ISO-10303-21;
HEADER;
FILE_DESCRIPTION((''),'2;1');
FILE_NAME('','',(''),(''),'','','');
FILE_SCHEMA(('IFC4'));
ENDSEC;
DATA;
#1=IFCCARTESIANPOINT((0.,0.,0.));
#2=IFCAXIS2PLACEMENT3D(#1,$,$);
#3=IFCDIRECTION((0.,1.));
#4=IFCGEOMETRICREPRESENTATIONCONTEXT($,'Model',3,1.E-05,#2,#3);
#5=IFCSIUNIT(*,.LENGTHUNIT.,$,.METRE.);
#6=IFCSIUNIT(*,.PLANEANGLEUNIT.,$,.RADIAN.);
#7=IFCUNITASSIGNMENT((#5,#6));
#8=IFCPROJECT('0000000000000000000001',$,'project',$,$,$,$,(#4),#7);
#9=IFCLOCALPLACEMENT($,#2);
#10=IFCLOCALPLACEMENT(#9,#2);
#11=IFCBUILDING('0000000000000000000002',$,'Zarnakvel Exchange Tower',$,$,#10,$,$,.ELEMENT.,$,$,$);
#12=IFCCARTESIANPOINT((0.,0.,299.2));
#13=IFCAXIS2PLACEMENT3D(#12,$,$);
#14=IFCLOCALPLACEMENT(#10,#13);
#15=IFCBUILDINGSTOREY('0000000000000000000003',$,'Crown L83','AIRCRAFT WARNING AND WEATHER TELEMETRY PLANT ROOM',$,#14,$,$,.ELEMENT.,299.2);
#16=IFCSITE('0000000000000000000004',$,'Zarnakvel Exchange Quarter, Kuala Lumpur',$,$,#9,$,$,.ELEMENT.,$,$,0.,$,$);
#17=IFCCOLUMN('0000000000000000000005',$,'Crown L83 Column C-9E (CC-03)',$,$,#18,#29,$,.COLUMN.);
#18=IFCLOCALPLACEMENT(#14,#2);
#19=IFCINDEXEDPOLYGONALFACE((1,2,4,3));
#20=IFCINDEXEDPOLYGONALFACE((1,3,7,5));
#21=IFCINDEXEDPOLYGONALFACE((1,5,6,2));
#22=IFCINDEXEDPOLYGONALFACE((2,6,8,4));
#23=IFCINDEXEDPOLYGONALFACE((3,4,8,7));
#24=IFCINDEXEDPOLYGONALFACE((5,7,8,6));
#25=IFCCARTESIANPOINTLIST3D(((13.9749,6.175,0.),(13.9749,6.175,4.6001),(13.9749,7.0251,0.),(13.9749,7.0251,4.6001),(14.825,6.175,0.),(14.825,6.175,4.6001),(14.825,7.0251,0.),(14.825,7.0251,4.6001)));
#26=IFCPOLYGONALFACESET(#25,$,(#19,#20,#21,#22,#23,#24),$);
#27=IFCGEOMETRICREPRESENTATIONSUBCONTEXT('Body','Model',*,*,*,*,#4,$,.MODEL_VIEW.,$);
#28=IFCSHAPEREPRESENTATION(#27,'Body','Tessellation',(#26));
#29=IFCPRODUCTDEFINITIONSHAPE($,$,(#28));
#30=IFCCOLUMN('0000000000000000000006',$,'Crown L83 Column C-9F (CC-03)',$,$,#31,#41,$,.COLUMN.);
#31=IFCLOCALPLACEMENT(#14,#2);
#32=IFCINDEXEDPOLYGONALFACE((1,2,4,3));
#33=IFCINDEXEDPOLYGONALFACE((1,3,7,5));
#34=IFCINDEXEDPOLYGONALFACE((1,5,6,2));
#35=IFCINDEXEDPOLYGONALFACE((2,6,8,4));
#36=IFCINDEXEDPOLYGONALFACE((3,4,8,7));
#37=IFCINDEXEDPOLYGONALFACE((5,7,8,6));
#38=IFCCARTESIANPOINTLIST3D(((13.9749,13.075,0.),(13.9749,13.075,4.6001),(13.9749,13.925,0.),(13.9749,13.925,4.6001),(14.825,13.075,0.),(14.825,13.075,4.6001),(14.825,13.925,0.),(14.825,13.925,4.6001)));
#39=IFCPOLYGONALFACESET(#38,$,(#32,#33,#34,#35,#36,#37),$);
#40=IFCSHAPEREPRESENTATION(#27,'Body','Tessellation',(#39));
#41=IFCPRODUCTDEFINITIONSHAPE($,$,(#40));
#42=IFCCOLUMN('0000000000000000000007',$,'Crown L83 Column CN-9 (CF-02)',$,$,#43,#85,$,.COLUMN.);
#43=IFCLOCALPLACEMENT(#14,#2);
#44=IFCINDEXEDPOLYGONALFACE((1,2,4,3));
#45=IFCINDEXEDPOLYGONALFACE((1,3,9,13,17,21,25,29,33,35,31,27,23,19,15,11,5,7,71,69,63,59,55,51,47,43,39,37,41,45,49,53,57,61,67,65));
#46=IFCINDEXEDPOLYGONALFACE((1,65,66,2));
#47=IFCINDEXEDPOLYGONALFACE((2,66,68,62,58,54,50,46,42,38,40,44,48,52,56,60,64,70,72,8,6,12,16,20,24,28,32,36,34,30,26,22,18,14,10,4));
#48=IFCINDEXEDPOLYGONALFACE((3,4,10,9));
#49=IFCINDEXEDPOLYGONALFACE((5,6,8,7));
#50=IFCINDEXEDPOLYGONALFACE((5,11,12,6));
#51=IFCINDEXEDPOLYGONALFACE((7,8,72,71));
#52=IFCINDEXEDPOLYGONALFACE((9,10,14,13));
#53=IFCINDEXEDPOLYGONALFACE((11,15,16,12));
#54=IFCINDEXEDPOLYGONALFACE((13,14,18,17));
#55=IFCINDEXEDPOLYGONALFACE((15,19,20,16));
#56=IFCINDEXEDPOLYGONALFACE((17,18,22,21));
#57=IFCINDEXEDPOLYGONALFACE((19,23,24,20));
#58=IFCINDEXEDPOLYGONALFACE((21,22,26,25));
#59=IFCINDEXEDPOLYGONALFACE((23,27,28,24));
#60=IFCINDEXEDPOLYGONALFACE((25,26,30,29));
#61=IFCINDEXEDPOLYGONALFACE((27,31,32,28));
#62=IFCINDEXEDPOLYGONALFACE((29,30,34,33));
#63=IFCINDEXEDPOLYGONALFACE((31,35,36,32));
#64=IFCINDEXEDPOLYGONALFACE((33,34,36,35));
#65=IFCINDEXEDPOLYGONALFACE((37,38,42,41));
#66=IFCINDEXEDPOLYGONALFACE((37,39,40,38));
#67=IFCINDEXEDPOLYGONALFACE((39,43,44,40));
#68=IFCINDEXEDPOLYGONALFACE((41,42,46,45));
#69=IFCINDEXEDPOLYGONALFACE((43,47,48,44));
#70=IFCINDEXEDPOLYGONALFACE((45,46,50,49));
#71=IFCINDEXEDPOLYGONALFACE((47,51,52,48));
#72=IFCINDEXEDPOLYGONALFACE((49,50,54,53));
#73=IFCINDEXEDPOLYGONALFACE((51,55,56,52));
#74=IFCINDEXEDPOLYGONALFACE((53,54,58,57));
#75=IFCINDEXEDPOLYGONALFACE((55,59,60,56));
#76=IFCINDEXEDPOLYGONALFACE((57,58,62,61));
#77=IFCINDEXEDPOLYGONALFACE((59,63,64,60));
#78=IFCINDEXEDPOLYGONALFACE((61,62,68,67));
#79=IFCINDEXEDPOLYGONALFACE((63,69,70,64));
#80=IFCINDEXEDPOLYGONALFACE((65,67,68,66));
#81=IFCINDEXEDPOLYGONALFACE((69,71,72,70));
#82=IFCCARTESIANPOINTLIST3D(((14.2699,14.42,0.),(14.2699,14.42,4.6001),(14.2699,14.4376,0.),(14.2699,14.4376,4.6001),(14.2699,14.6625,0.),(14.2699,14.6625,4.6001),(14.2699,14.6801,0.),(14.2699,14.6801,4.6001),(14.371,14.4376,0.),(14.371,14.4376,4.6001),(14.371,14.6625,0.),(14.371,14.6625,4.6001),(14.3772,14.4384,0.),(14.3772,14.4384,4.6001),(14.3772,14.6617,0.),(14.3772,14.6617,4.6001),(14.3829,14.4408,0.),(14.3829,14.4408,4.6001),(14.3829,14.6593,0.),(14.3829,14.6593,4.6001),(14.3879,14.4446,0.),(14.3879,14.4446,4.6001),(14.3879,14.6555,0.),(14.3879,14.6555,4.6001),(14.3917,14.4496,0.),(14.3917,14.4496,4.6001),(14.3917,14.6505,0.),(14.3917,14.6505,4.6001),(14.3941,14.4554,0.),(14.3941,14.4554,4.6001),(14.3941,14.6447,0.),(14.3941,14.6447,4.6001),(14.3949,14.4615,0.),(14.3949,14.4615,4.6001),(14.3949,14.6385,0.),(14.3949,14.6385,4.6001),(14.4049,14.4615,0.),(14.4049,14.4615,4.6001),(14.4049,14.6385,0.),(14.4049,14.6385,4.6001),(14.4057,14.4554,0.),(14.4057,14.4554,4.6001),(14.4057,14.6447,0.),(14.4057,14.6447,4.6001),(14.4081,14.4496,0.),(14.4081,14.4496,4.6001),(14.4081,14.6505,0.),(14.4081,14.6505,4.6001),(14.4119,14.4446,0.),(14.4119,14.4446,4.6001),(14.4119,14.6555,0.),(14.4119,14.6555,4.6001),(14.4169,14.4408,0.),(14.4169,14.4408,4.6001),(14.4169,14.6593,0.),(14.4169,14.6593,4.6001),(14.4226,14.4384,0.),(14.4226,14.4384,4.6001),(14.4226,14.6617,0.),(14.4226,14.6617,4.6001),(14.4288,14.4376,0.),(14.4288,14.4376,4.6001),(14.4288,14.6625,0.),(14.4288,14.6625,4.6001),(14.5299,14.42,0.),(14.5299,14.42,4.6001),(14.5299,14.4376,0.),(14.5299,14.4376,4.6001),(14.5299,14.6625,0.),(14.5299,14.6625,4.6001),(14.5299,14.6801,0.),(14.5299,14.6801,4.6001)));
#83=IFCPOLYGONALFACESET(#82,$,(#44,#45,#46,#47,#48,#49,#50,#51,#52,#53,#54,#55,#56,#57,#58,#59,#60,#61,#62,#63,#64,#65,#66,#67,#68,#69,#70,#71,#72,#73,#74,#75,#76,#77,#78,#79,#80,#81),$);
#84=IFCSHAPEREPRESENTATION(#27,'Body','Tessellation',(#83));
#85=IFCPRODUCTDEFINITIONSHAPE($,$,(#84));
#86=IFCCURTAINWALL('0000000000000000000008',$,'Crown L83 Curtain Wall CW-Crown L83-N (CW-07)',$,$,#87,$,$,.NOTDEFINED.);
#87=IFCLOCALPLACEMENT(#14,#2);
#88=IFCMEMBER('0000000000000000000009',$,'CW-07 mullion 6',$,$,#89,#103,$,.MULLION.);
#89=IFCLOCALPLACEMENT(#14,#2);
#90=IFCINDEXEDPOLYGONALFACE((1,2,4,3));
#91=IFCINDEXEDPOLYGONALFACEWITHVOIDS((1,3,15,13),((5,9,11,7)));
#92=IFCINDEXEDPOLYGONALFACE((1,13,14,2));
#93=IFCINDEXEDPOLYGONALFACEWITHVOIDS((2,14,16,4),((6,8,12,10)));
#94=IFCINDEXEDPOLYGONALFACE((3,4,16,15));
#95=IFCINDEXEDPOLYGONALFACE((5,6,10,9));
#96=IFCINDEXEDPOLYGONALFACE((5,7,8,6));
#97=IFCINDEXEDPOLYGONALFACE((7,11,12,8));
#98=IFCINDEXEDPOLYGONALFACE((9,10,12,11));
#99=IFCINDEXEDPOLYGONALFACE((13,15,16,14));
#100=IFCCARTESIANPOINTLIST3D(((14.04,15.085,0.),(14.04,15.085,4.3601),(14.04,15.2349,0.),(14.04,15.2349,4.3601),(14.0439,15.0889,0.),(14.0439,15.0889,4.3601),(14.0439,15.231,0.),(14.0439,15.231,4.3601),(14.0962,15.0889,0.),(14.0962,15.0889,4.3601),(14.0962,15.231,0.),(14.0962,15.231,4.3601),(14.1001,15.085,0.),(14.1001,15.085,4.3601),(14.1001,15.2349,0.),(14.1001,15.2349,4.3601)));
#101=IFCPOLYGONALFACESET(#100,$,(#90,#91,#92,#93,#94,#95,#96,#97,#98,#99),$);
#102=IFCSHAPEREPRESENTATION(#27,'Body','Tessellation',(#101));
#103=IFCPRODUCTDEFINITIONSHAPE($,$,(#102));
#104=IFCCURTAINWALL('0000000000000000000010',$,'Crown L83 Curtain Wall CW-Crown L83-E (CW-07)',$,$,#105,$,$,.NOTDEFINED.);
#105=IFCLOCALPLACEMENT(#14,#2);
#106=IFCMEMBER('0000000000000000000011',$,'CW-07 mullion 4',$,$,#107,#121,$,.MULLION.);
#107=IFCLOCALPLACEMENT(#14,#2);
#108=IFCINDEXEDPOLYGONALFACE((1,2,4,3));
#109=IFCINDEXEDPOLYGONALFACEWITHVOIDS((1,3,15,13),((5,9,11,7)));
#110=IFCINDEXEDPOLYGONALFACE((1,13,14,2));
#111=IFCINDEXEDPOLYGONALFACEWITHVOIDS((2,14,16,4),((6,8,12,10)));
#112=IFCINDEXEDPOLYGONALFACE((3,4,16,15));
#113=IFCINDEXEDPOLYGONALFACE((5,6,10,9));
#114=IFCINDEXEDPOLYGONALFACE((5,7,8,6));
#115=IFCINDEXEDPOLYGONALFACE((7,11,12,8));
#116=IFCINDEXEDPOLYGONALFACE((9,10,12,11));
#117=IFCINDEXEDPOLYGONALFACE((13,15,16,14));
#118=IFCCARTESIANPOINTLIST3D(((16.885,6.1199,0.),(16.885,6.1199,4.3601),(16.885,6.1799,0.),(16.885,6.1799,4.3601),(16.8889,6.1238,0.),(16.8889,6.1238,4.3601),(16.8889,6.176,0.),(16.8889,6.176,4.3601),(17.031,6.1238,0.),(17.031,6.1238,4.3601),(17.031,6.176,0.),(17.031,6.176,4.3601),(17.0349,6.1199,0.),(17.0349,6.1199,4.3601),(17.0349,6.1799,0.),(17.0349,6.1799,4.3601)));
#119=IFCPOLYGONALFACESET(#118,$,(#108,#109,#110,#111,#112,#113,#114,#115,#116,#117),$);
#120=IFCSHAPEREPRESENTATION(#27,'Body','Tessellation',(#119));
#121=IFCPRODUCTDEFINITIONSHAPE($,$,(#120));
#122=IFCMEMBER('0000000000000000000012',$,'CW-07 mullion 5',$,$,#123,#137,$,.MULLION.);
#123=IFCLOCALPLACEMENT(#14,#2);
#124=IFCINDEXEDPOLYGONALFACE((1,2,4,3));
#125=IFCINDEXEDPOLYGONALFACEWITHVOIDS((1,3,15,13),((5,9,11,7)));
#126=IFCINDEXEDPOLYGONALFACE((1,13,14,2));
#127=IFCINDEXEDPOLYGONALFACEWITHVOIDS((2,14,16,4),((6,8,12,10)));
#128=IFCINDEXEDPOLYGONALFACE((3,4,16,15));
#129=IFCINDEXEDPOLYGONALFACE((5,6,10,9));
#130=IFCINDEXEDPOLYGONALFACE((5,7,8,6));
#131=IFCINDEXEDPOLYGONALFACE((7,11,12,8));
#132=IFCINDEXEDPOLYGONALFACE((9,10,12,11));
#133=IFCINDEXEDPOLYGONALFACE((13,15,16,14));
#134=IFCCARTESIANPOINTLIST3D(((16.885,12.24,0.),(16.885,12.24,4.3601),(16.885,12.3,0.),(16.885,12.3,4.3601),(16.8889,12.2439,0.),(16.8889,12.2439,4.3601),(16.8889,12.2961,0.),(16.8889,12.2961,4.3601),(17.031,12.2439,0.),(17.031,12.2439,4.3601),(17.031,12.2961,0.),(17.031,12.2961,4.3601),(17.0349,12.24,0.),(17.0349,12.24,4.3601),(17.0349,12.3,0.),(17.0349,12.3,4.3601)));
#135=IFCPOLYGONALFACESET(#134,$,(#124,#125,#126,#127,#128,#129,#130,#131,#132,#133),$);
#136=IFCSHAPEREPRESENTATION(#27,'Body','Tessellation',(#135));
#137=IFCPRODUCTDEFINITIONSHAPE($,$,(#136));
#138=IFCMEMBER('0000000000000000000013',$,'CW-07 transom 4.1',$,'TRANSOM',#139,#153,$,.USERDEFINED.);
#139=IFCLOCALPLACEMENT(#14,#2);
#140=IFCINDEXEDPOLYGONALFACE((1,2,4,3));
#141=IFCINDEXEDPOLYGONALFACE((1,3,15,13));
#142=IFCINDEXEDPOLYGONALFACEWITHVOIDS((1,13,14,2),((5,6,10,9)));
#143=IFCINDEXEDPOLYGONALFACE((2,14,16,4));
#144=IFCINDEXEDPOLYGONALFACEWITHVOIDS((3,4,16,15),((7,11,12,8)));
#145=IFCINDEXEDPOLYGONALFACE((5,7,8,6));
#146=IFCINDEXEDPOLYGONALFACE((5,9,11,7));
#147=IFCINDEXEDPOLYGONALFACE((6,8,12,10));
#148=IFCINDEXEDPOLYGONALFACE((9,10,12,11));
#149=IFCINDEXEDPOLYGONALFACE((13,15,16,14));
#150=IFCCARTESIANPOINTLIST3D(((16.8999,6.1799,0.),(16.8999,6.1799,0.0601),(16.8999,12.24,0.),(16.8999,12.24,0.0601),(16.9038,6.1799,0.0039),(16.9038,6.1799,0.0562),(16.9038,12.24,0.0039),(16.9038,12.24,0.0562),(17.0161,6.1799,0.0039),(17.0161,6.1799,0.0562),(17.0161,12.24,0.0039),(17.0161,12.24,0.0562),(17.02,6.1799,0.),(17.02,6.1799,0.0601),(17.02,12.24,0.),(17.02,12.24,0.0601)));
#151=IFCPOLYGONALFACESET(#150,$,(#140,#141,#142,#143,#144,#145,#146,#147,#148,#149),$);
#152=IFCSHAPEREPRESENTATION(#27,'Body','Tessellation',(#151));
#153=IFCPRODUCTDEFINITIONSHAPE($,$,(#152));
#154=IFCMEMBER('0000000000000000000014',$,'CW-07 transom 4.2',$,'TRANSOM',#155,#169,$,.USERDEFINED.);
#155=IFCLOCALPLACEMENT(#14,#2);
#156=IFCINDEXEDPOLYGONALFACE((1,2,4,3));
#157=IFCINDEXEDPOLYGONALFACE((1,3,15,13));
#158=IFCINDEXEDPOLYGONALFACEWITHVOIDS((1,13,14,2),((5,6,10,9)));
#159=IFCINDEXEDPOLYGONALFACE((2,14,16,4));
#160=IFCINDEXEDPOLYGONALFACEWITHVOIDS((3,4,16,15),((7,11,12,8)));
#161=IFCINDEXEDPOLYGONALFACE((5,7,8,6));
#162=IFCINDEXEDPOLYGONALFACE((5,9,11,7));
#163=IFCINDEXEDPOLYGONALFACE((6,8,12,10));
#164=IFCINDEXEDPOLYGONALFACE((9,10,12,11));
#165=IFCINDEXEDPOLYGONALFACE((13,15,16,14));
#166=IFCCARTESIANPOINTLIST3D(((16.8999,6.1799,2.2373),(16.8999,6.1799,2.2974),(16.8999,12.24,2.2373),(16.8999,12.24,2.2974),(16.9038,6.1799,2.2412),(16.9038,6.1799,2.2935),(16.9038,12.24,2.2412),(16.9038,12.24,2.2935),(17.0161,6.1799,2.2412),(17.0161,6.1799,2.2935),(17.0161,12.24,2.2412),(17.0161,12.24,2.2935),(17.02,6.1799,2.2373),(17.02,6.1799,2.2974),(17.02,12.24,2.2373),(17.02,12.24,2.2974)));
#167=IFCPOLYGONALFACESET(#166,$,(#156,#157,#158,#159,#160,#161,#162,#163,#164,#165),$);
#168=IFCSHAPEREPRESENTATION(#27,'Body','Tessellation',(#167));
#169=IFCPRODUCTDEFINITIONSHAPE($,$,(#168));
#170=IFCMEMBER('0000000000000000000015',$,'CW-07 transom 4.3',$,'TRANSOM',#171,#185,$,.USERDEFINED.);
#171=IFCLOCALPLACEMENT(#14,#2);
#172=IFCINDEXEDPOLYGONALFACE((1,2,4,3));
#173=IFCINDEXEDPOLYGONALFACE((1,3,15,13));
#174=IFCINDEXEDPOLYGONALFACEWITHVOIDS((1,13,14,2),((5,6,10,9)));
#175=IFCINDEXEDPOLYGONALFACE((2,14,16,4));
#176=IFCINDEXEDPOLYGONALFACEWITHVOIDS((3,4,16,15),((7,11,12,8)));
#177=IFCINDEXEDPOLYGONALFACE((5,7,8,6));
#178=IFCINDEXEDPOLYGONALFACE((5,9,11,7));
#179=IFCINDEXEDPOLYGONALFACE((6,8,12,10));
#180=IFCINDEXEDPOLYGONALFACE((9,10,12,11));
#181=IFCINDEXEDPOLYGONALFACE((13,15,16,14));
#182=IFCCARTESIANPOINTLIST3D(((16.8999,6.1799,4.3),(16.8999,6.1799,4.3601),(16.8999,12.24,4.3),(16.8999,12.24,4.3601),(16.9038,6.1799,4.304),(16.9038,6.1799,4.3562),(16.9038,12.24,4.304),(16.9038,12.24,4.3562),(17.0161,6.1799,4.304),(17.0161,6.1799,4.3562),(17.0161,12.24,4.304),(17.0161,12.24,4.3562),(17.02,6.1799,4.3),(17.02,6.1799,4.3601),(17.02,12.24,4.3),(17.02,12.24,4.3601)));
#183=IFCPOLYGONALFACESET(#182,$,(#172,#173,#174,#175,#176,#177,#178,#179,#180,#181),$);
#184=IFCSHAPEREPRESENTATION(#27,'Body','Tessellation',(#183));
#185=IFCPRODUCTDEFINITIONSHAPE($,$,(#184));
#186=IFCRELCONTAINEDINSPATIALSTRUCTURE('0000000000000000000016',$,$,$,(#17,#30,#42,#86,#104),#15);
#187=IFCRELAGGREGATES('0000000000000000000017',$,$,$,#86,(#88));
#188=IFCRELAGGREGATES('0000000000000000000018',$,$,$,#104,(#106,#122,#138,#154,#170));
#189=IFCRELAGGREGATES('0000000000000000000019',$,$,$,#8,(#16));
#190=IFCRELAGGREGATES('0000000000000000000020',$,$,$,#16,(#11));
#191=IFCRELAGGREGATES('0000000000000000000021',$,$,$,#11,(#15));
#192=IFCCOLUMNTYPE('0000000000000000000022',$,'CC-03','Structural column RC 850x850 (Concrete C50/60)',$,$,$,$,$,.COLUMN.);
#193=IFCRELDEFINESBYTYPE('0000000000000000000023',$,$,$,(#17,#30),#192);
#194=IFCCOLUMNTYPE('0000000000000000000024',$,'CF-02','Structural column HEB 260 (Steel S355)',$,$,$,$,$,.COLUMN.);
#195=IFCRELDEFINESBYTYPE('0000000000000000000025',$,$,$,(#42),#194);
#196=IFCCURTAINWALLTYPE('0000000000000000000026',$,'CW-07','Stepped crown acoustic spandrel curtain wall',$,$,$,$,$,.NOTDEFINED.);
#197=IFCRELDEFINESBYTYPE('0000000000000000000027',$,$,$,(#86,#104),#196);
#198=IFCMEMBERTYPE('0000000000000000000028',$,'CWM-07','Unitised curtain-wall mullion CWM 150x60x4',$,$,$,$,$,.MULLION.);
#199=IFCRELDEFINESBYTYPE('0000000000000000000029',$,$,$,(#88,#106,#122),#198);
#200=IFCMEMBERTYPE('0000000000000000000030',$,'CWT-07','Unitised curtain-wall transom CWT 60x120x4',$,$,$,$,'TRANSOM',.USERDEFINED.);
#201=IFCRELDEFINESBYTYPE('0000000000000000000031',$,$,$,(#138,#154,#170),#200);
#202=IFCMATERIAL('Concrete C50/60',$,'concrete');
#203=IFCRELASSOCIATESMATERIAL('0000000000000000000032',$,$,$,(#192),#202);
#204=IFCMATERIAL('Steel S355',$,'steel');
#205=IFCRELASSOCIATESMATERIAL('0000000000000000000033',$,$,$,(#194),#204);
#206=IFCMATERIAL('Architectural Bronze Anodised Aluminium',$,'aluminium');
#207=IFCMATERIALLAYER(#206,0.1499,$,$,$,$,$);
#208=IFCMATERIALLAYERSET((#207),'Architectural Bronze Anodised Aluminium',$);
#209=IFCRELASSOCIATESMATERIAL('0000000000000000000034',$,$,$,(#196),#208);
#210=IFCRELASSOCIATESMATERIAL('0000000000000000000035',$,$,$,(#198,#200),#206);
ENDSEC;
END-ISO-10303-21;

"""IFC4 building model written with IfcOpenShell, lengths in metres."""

from ifc_helpers import new_model, si_unit, direction, frame, origin, origin_2d, place, context, subcontext, project, spatial, rectangle, hollow_rectangle, i_section, extrude, source, transform, mapped, material, layer, layer_set, material_profile, profile_set, type_object, element, aggregate, save


model = new_model("IFC4")

# Units and contexts
model_context = context("Model", 3, precision=1e-05, world=origin(), true_north=direction((0.0, 1.0)))
body_context = subcontext(model_context, "Body", "Model", "MODEL_VIEW")
ifc_project = project(units=[si_unit("LENGTHUNIT", "METRE"), si_unit("PLANEANGLEUNIT", "RADIAN")], contexts=[model_context])

# Site, building, storey
site_placement = place(None, origin())
site = spatial("IfcSite", under=ifc_project, at=site_placement, Name="Zarnakvel Exchange Quarter, Kuala Lumpur", CompositionType="ELEMENT", RefElevation=0.0)
building_placement = place(site_placement, origin())
building = spatial("IfcBuilding", under=site, at=building_placement, Name="Zarnakvel Exchange Tower", CompositionType="ELEMENT")
storey_placement = place(building_placement, frame((0.0, 0.0, 299.2)))
storey = spatial("IfcBuildingStorey", under=building, at=storey_placement, Name="Crown L83", Description="AIRCRAFT WARNING AND WEATHER TELEMETRY PLANT ROOM", CompositionType="ELEMENT", Elevation=299.2)

# Columns
ifc_material_1 = material(Name="Concrete C50/60", Category="concrete")
ifc_material_profile_1 = material_profile(ifc_material_1, rectangle(XDim=0.8501, YDim=0.8501, at=origin_2d()))
ifc_profile_set_1 = profile_set([ifc_material_profile_1], Name="Concrete C50/60")
column_type_1 = type_object("IfcColumnType", Name="CC-03", Description="Structural column RC 850x850 (Concrete C50/60)", PredefinedType="COLUMN", material=ifc_profile_set_1)
for number, where, z_axis, x_axis, name in (
    (1, (14.3999, 6.6001, 0.0), (0.0, 0.0, 1.0), (1.0, 0.0, 0.0), "Crown L83 Column C-9E (CC-03)"),
    (2, (14.3999, 13.5, 0.0), (0.0, 0.0, 1.0), (1.0, 0.0, 0.0), "Crown L83 Column C-9F (CC-03)"),
):
    element("IfcColumn", number, at=place(storey_placement, frame(where, z_axis=z_axis, x_axis=x_axis)), inside=storey, type_object=column_type_1, Name=name, PredefinedType="COLUMN", context=body_context, shape_type="SweptSolid", body=[
        extrude(rectangle(XDim=0.8501, YDim=0.8501, at=origin_2d()), origin(), (0.0, 0.0, 1.0), 4.6001),
    ])
ifc_material_2 = material(Name="Steel S355", Category="steel")
ifc_material_profile_2 = material_profile(ifc_material_2, i_section(OverallWidth=0.26, OverallDepth=0.26, WebThickness=0.01, FlangeThickness=0.0176, FilletRadius=0.0239, at=origin_2d()))
ifc_profile_set_2 = profile_set([ifc_material_profile_2], Name="Steel S355")
column_type_2 = type_object("IfcColumnType", Name="CF-02", Description="Structural column HEB 260 (Steel S355)", PredefinedType="COLUMN", material=ifc_profile_set_2)
column_placement = place(storey_placement, frame((14.3999, 14.55, 0.0), z_axis=(0.0, 0.0, 1.0), x_axis=(1.0, 0.0, 0.0)))
element("IfcColumn", 3, at=column_placement, inside=storey, type_object=column_type_2, Name="Crown L83 Column CN-9 (CF-02)", PredefinedType="COLUMN", context=body_context, shape_type="SweptSolid", body=[
    extrude(i_section(OverallWidth=0.26, OverallDepth=0.26, WebThickness=0.01, FlangeThickness=0.0176, FilletRadius=0.0239, at=origin_2d()), origin(), (0.0, 0.0, 1.0), 4.6001),
])

# Curtain wall, member
ifc_material_3 = material(Name="Architectural Bronze Anodised Aluminium", Category="aluminium")
ifc_layer_1 = layer(ifc_material_3, 0.1499)
ifc_layer_set_1 = layer_set([ifc_layer_1], Name="Architectural Bronze Anodised Aluminium")
curtain_wall_type = type_object("IfcCurtainWallType", Name="CW-07", Description="Stepped crown acoustic spandrel curtain wall", PredefinedType="NOTDEFINED", material=ifc_layer_set_1)
curtain_wall_1_placement = place(storey_placement, origin())
curtain_wall_1 = element("IfcCurtainWall", 4, at=curtain_wall_1_placement, inside=storey, type_object=curtain_wall_type, Name="Crown L83 Curtain Wall CW-Crown L83-N (CW-07)", PredefinedType="NOTDEFINED")
ifc_material_profile_3 = material_profile(ifc_material_3, hollow_rectangle(XDim=0.1499, YDim=0.0601, WallThickness=0.0039, at=origin_2d()))
ifc_profile_set_3 = profile_set([ifc_material_profile_3], Name="Architectural Bronze Anodised Aluminium")
member_type_1 = type_object("IfcMemberType", Name="CWM-07", Description="Unitised curtain-wall mullion CWM 150x60x4", PredefinedType="MULLION", material=ifc_profile_set_3)
shared_shape_1 = source(origin(), body_context, "Body", "SweptSolid", [
    extrude(hollow_rectangle(XDim=0.1499, YDim=0.0601, WallThickness=0.0039, at=origin_2d()), origin(), (0.0, 0.0, 1.0), 4.3601),
])
member_1_placement = place(storey_placement, frame((14.0701, 15.1599, 0.0), z_axis=(0.0, 0.0, 1.0), x_axis=(0.0, 1.0, 0.0)))
member_1 = element("IfcMember", 5, at=member_1_placement, type_object=member_type_1, Name="CW-07 mullion 6", PredefinedType="MULLION", context=body_context, shape_type="MappedRepresentation", body=[
    mapped(shared_shape_1, transform((0.0, 0.0, 0.0), x_axis=(1.0, 0.0, 0.0), y_axis=(0.0, 1.0, 0.0), z_axis=(0.0, 0.0, 1.0), scale=1.0)),
])

# Curtain wall, members
curtain_wall_2_placement = place(storey_placement, origin())
curtain_wall_2 = element("IfcCurtainWall", 6, at=curtain_wall_2_placement, inside=storey, type_object=curtain_wall_type, Name="Crown L83 Curtain Wall CW-Crown L83-E (CW-07)", PredefinedType="NOTDEFINED")
member_2_placement = place(storey_placement, frame((16.96, 6.1499, 0.0), z_axis=(0.0, 0.0, 1.0), x_axis=(-1.0, 0.0, 0.0)))
member_2 = element("IfcMember", 7, at=member_2_placement, type_object=member_type_1, Name="CW-07 mullion 4", PredefinedType="MULLION", context=body_context, shape_type="MappedRepresentation", body=[
    mapped(shared_shape_1, transform((0.0, 0.0, 0.0), x_axis=(1.0, 0.0, 0.0), y_axis=(0.0, 1.0, 0.0), z_axis=(0.0, 0.0, 1.0), scale=1.0)),
])
member_3_placement = place(storey_placement, frame((16.96, 12.27, 0.0), z_axis=(0.0, 0.0, 1.0), x_axis=(-1.0, 0.0, 0.0)))
member_3 = element("IfcMember", 8, at=member_3_placement, type_object=member_type_1, Name="CW-07 mullion 5", PredefinedType="MULLION", context=body_context, shape_type="MappedRepresentation", body=[
    mapped(shared_shape_1, transform((0.0, 0.0, 0.0), x_axis=(1.0, 0.0, 0.0), y_axis=(0.0, 1.0, 0.0), z_axis=(0.0, 0.0, 1.0), scale=1.0)),
])
ifc_material_profile_4 = material_profile(ifc_material_3, hollow_rectangle(XDim=0.1201, YDim=0.0601, WallThickness=0.0039, at=origin_2d()))
ifc_profile_set_4 = profile_set([ifc_material_profile_4], Name="Architectural Bronze Anodised Aluminium")
member_type_2 = type_object("IfcMemberType", Name="CWT-07", Description="Unitised curtain-wall transom CWT 60x120x4", ElementType="TRANSOM", PredefinedType="USERDEFINED", material=ifc_profile_set_4)
shared_shape_2 = source(origin(), body_context, "Body", "SweptSolid", [
    extrude(hollow_rectangle(XDim=0.1201, YDim=0.0601, WallThickness=0.0039, at=origin_2d()), origin(), (0.0, 0.0, 1.0), 6.0601),
])
member_4_placement = place(storey_placement, frame((16.96, 6.1799, 0.03), z_axis=(0.0, 1.0, 0.0), x_axis=(-1.0, 0.0, 0.0)))
member_4 = element("IfcMember", 9, at=member_4_placement, type_object=member_type_2, Name="CW-07 transom 4.1", ObjectType="TRANSOM", PredefinedType="USERDEFINED", context=body_context, shape_type="MappedRepresentation", body=[
    mapped(shared_shape_2, transform((0.0, 0.0, 0.0), x_axis=(1.0, 0.0, 0.0), y_axis=(0.0, 1.0, 0.0), z_axis=(0.0, 0.0, 1.0), scale=1.0)),
])
member_5_placement = place(storey_placement, frame((16.96, 6.1799, 2.2673), z_axis=(0.0, 1.0, 0.0), x_axis=(-1.0, 0.0, 0.0)))
member_5 = element("IfcMember", 10, at=member_5_placement, type_object=member_type_2, Name="CW-07 transom 4.2", ObjectType="TRANSOM", PredefinedType="USERDEFINED", context=body_context, shape_type="MappedRepresentation", body=[
    mapped(shared_shape_2, transform((0.0, 0.0, 0.0), x_axis=(1.0, 0.0, 0.0), y_axis=(0.0, 1.0, 0.0), z_axis=(0.0, 0.0, 1.0), scale=1.0)),
])
member_6_placement = place(storey_placement, frame((16.96, 6.1799, 4.3301), z_axis=(0.0, 1.0, 0.0), x_axis=(-1.0, 0.0, 0.0)))
member_6 = element("IfcMember", 11, at=member_6_placement, type_object=member_type_2, Name="CW-07 transom 4.3", ObjectType="TRANSOM", PredefinedType="USERDEFINED", context=body_context, shape_type="MappedRepresentation", body=[
    mapped(shared_shape_2, transform((0.0, 0.0, 0.0), x_axis=(1.0, 0.0, 0.0), y_axis=(0.0, 1.0, 0.0), z_axis=(0.0, 0.0, 1.0), scale=1.0)),
])

aggregate(curtain_wall_1, [member_1])
aggregate(curtain_wall_2, [member_2, member_3, member_4, member_5, member_6])

save(model, "model.ifc")
